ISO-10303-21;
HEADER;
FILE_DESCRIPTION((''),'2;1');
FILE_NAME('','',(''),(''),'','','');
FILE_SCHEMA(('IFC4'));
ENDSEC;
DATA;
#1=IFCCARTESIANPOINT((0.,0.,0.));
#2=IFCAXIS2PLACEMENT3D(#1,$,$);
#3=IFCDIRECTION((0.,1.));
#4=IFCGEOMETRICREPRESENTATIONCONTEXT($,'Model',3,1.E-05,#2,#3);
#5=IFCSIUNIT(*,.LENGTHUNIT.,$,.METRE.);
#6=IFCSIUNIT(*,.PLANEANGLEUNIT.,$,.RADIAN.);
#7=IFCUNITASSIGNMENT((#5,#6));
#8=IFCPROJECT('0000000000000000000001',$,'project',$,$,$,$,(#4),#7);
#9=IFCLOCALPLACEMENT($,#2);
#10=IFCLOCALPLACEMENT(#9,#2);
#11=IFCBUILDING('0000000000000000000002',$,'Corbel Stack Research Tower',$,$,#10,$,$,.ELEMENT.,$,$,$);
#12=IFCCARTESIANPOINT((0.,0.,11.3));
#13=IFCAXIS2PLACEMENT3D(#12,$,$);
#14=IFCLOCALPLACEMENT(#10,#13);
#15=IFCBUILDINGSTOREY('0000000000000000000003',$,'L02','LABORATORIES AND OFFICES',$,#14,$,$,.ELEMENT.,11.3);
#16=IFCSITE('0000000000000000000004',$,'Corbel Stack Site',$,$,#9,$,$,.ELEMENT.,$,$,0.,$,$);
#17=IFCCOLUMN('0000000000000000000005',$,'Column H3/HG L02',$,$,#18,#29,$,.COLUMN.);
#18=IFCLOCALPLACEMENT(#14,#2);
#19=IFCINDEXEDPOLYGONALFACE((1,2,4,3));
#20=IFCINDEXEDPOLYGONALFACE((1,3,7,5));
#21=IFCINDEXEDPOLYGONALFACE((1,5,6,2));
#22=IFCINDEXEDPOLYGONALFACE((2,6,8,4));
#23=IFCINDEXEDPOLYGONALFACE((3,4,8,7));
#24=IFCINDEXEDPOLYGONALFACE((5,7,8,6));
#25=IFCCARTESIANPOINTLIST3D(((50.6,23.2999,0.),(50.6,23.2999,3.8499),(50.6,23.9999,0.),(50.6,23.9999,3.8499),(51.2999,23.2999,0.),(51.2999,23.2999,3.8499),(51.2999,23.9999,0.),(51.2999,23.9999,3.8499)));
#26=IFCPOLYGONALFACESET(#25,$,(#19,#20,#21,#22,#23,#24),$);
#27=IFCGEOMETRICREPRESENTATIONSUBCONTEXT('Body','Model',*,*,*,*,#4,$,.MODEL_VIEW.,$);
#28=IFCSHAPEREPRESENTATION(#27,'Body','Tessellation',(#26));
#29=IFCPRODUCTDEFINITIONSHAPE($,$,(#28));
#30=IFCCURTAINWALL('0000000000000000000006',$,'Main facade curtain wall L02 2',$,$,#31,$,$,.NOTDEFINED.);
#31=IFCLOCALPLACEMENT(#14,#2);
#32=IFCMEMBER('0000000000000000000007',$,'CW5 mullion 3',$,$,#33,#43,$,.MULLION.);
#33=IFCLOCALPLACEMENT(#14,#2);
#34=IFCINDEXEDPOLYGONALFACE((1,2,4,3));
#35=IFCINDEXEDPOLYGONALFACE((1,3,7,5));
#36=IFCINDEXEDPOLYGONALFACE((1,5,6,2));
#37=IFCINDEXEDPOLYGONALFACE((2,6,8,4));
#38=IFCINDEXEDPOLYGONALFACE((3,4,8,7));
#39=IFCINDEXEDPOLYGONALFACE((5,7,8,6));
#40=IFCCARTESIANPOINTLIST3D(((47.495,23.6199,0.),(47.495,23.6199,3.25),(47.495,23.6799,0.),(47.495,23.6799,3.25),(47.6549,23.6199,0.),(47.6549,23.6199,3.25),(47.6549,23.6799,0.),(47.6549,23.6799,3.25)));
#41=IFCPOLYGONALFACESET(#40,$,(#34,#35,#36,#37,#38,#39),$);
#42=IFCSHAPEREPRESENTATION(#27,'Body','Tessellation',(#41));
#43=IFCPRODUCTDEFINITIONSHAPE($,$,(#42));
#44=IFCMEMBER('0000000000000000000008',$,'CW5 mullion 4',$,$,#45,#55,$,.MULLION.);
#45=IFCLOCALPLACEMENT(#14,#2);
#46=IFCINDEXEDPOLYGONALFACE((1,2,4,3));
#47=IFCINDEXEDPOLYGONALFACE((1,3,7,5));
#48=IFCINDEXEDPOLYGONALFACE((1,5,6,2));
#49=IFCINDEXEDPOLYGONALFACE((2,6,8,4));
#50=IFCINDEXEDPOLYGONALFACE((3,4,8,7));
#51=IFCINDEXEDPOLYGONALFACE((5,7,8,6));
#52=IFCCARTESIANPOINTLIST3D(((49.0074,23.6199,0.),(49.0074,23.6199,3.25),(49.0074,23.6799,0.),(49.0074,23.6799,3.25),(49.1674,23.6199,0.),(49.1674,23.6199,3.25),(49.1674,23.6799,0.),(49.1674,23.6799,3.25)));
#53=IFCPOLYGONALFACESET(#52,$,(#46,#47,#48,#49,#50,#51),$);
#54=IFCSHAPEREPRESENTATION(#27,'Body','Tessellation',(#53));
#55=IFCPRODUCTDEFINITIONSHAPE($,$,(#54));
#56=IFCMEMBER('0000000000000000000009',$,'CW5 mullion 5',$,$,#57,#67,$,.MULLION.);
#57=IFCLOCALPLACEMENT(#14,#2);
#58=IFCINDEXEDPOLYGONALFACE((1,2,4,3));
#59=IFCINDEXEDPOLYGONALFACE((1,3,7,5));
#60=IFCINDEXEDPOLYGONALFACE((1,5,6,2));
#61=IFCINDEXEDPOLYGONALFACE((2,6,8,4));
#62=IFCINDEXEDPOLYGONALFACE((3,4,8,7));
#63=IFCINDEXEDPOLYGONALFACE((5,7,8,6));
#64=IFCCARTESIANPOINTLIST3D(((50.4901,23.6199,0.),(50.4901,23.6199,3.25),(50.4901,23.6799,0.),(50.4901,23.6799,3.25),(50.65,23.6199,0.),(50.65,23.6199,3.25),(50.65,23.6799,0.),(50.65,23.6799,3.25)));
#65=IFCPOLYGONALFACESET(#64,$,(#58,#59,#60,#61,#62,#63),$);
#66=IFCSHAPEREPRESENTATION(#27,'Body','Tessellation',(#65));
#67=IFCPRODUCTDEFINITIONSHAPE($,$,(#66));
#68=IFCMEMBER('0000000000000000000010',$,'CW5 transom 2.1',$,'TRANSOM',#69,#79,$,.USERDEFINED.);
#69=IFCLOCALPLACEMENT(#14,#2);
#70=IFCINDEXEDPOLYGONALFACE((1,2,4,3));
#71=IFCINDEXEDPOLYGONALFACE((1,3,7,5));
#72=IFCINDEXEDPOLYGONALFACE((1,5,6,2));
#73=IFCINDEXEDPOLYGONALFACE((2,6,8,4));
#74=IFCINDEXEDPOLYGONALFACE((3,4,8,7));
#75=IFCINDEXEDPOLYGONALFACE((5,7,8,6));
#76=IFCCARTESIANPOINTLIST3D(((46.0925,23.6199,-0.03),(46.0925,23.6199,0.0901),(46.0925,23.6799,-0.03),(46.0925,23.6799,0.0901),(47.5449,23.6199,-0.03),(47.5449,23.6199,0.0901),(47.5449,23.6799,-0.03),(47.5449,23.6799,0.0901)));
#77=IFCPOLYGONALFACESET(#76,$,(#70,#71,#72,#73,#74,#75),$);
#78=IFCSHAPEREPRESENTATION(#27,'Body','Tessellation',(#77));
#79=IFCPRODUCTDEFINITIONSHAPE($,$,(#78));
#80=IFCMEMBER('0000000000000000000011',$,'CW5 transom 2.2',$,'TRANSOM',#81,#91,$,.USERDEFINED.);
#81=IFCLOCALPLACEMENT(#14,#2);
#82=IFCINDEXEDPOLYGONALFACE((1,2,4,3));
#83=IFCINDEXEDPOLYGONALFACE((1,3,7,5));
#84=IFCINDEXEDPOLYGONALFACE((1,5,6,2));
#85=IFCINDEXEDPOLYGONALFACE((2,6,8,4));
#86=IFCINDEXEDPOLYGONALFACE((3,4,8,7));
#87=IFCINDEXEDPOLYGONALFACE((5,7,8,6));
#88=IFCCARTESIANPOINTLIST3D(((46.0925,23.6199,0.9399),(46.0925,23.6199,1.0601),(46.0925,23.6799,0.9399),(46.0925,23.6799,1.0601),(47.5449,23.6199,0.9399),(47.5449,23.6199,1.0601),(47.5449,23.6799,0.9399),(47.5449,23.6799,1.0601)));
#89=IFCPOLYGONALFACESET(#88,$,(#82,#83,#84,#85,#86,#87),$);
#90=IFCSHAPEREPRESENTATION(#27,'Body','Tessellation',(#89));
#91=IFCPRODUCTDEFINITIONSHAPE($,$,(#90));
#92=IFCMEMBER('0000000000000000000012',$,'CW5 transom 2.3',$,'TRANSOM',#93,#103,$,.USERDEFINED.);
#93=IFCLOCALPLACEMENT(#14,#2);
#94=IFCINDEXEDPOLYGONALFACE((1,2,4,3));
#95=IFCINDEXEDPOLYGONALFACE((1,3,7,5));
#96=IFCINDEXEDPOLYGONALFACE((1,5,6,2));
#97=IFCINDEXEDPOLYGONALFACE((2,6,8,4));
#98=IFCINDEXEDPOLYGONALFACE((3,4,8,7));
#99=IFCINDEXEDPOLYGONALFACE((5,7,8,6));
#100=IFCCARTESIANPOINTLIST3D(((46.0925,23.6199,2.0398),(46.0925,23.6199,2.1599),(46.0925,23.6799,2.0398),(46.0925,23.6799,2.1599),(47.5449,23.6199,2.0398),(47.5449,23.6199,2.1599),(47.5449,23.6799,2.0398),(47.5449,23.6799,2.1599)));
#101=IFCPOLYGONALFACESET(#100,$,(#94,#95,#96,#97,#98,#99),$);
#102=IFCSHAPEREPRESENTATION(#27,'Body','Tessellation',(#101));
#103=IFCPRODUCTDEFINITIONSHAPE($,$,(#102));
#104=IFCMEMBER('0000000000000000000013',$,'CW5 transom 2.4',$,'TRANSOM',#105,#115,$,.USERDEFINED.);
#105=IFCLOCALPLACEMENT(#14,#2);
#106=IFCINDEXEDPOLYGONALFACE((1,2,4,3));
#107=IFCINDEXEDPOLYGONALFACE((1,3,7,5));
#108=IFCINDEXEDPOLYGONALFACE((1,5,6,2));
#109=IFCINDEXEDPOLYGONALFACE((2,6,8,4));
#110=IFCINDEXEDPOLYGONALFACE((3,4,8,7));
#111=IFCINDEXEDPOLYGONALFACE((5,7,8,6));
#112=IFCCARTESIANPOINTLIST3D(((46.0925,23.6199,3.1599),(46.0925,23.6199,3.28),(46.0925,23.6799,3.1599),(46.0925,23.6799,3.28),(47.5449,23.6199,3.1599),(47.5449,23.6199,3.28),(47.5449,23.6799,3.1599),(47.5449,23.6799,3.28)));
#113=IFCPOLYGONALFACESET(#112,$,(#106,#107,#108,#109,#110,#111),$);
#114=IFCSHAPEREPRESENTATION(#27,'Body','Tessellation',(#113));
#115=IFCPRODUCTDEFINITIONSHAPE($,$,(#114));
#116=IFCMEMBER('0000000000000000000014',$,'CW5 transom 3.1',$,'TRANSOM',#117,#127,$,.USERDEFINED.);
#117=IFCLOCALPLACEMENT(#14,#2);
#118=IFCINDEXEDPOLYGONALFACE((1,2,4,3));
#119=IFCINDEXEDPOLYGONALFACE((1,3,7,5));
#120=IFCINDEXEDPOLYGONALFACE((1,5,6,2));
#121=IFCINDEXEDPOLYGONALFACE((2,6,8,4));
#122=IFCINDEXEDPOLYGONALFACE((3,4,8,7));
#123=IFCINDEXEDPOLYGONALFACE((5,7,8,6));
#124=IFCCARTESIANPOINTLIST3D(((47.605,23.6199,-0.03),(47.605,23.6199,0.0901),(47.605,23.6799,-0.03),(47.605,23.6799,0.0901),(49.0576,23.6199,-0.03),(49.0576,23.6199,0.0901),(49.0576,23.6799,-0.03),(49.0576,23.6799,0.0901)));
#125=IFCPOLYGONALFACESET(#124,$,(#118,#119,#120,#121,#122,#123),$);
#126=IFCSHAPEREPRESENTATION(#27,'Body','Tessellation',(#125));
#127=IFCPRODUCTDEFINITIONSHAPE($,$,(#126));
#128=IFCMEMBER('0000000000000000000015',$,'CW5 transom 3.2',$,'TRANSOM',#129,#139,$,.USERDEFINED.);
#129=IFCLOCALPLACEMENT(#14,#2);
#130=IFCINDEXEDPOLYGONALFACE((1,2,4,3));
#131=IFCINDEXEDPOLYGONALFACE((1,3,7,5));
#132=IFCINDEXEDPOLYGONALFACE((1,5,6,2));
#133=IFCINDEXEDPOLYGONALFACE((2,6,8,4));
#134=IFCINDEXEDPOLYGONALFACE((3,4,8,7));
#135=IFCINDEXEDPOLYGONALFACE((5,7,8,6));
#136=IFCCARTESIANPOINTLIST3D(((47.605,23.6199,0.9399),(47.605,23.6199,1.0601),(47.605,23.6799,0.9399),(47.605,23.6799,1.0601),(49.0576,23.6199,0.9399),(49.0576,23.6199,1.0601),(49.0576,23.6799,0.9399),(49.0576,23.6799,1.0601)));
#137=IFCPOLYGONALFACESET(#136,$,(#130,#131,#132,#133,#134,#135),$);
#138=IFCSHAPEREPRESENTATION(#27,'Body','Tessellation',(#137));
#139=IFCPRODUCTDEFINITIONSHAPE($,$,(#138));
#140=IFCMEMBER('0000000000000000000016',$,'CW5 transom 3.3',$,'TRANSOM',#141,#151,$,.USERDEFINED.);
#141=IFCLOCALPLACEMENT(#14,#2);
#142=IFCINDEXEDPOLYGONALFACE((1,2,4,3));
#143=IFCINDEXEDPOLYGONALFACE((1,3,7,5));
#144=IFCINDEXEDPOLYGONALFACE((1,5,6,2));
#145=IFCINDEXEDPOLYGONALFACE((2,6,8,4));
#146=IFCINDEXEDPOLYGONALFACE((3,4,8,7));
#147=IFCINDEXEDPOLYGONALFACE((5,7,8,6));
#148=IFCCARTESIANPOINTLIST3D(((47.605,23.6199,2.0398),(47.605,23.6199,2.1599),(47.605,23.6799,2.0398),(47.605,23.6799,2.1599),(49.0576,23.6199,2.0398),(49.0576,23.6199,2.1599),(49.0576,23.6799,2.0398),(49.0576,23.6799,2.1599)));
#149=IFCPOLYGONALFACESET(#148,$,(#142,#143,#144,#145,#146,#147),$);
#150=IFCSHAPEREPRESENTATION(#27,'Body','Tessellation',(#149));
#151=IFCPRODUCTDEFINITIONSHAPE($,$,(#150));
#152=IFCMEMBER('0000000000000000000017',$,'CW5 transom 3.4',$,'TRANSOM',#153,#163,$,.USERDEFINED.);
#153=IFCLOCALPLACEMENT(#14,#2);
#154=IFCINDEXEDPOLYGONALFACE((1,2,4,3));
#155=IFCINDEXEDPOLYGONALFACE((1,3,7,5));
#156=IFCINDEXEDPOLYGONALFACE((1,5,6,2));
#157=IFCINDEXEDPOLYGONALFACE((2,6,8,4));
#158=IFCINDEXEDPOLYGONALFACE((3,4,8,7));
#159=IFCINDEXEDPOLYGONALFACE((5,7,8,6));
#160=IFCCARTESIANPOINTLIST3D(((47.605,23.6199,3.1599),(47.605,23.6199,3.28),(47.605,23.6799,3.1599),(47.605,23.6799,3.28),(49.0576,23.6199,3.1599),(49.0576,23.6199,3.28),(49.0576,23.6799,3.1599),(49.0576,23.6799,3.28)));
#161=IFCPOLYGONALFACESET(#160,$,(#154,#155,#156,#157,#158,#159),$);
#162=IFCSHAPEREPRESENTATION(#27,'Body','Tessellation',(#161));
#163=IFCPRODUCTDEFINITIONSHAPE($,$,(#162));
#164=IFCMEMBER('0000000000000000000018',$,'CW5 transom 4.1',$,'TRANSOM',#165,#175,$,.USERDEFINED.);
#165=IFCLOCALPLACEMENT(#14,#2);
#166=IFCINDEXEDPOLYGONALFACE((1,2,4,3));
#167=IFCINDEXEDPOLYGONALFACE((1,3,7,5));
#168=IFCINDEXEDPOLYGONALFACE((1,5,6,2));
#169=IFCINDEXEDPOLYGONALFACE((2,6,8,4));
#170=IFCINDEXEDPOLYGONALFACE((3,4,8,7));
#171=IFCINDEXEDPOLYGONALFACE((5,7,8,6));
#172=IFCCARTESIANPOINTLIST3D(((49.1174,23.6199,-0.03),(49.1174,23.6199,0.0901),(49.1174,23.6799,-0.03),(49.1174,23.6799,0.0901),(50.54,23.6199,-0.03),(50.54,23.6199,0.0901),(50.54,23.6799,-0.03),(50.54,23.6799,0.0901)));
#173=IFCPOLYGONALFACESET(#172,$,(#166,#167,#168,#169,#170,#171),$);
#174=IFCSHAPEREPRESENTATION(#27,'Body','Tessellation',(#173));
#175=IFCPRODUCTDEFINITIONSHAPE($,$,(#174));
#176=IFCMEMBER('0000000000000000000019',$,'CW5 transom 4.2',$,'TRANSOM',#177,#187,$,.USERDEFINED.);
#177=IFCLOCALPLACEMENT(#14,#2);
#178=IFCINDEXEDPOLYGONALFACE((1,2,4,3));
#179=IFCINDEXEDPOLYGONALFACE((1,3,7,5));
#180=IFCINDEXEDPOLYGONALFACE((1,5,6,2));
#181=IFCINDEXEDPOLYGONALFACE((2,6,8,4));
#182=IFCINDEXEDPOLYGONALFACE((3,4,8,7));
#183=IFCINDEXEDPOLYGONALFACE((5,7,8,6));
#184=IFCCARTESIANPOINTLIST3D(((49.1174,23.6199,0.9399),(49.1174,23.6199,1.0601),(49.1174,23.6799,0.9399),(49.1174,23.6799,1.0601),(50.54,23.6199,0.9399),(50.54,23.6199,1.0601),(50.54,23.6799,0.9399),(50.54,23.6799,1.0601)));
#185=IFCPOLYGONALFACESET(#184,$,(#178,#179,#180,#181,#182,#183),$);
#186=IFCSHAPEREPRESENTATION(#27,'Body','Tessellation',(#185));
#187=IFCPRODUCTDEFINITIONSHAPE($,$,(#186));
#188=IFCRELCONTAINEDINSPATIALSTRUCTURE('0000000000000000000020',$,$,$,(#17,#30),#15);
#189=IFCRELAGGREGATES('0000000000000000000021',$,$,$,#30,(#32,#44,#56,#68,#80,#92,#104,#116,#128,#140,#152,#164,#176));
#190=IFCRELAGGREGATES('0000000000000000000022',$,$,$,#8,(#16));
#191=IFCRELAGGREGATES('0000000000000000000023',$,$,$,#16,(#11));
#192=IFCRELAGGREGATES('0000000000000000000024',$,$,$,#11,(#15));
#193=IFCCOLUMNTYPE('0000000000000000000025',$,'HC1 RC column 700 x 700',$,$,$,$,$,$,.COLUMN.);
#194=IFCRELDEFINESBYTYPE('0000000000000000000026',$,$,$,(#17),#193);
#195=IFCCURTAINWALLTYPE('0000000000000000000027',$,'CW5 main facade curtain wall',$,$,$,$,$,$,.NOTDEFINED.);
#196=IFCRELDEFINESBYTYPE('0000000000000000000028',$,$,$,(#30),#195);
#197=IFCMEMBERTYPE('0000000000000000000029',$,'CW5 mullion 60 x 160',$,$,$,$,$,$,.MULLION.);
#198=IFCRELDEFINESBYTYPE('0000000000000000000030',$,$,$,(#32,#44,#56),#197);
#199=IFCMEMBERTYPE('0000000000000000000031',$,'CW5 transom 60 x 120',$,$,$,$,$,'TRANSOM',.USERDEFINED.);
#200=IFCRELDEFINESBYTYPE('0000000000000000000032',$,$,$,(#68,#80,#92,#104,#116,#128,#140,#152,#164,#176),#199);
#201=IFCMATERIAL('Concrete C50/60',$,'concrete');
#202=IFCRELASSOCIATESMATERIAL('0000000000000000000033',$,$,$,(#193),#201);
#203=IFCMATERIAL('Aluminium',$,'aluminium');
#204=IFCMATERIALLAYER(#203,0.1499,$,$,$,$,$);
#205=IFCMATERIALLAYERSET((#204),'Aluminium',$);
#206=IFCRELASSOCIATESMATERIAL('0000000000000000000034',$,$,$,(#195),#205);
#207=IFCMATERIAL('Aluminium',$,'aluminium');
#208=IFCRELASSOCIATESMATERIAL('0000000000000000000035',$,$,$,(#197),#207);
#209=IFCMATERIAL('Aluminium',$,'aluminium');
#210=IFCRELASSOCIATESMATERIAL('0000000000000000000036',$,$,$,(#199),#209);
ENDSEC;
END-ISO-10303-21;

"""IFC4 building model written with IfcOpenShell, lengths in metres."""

from ifc_helpers import new_model, si_unit, direction, frame, origin, origin_2d, place, context, subcontext, project, spatial, rectangle, extrude, material, layer, layer_set, material_profile, profile_set, type_object, element, aggregate, save


model = new_model("IFC4")

# Units and contexts
model_context = context("Model", 3, precision=1e-05, world=origin(), true_north=direction((0.0, 1.0)))
body_context = subcontext(model_context, "Body", "Model", "MODEL_VIEW")
ifc_project = project(units=[si_unit("LENGTHUNIT", "METRE"), si_unit("PLANEANGLEUNIT", "RADIAN")], contexts=[model_context])

# Site, building, storey
site_placement = place(None, origin())
site = spatial("IfcSite", under=ifc_project, at=site_placement, Name="Corbel Stack Site", CompositionType="ELEMENT", RefElevation=0.0)
building_placement = place(site_placement, origin())
building = spatial("IfcBuilding", under=site, at=building_placement, Name="Corbel Stack Research Tower", CompositionType="ELEMENT")
storey_placement = place(building_placement, frame((0.0, 0.0, 11.3)))
storey = spatial("IfcBuildingStorey", under=building, at=storey_placement, Name="L02", Description="LABORATORIES AND OFFICES", CompositionType="ELEMENT", Elevation=11.3)

# Column
ifc_material_1 = material(Name="Concrete C50/60", Category="concrete")
ifc_material_profile_1 = material_profile(ifc_material_1, rectangle(XDim=0.7, YDim=0.7, at=origin_2d()), Name="RC 700 x 700")
ifc_profile_set_1 = profile_set([ifc_material_profile_1], Name="Concrete C50/60")
column_type = type_object("IfcColumnType", Name="HC1 RC column 700 x 700", PredefinedType="COLUMN", material=ifc_profile_set_1)
column_placement = place(storey_placement, frame((50.95, 23.6499, 0.0), z_axis=(0.0, 0.0, 1.0), x_axis=(1.0, 0.0, 0.0)))
element("IfcColumn", 1, at=column_placement, inside=storey, type_object=column_type, Name="Column H3/HG L02", PredefinedType="COLUMN", context=body_context, shape_type="SweptSolid", body=[
    extrude(rectangle(XDim=0.7, YDim=0.7, at=origin_2d()), origin(), (0.0, 0.0, 1.0), 3.8499),
])

# Curtain wall, members
ifc_material_2 = material(Name="Aluminium", Category="aluminium")
ifc_layer_1 = layer(ifc_material_2, 0.1499)
ifc_layer_set_1 = layer_set([ifc_layer_1], Name="Aluminium")
curtain_wall_type = type_object("IfcCurtainWallType", Name="CW5 main facade curtain wall", PredefinedType="NOTDEFINED", material=ifc_layer_set_1)
curtain_wall_placement = place(storey_placement, origin())
curtain_wall = element("IfcCurtainWall", 2, at=curtain_wall_placement, inside=storey, type_object=curtain_wall_type, Name="Main facade curtain wall L02 2", PredefinedType="NOTDEFINED")
ifc_material_3 = material(Name="Aluminium", Category="aluminium")
ifc_material_profile_2 = material_profile(ifc_material_3, rectangle(XDim=0.0601, YDim=0.1599, at=origin_2d()), Name="Mullion 60 x 160")
ifc_profile_set_2 = profile_set([ifc_material_profile_2], Name="Aluminium")
member_type_1 = type_object("IfcMemberType", Name="CW5 mullion 60 x 160", PredefinedType="MULLION", material=ifc_profile_set_2)
member_1_placement = place(storey_placement, frame((47.575, 23.6499, 0.0), z_axis=(0.0, 0.0, 1.0), x_axis=(0.0, 1.0, 0.0)))
member_1 = element("IfcMember", 3, at=member_1_placement, type_object=member_type_1, Name="CW5 mullion 3", PredefinedType="MULLION", context=body_context, shape_type="SweptSolid", body=[
    extrude(rectangle(XDim=0.0601, YDim=0.1599, at=origin_2d()), origin(), (0.0, 0.0, 1.0), 3.25),
])
member_2_placement = place(storey_placement, frame((49.0874, 23.6499, 0.0), z_axis=(0.0, 0.0, 1.0), x_axis=(0.0, 1.0, 0.0)))
member_2 = element("IfcMember", 4, at=member_2_placement, type_object=member_type_1, Name="CW5 mullion 4", PredefinedType="MULLION", context=body_context, shape_type="SweptSolid", body=[
    extrude(rectangle(XDim=0.0601, YDim=0.1599, at=origin_2d()), origin(), (0.0, 0.0, 1.0), 3.25),
])
member_3_placement = place(storey_placement, frame((50.5701, 23.6499, 0.0), z_axis=(0.0, 0.0, 1.0), x_axis=(0.0, 1.0, 0.0)))
member_3 = element("IfcMember", 5, at=member_3_placement, type_object=member_type_1, Name="CW5 mullion 5", PredefinedType="MULLION", context=body_context, shape_type="SweptSolid", body=[
    extrude(rectangle(XDim=0.0601, YDim=0.1599, at=origin_2d()), origin(), (0.0, 0.0, 1.0), 3.25),
])
ifc_material_4 = material(Name="Aluminium", Category="aluminium")
ifc_material_profile_3 = material_profile(ifc_material_4, rectangle(XDim=0.0601, YDim=0.1201, at=origin_2d()), Name="Transom 60 x 120")
ifc_profile_set_3 = profile_set([ifc_material_profile_3], Name="Aluminium")
member_type_2 = type_object("IfcMemberType", Name="CW5 transom 60 x 120", ElementType="TRANSOM", PredefinedType="USERDEFINED", material=ifc_profile_set_3)
member_4_placement = place(storey_placement, frame((46.0925, 23.6499, 0.03), z_axis=(1.0, 0.0, 0.0), x_axis=(0.0, 1.0, 0.0)))
member_4 = element("IfcMember", 6, at=member_4_placement, type_object=member_type_2, Name="CW5 transom 2.1", ObjectType="TRANSOM", PredefinedType="USERDEFINED", context=body_context, shape_type="SweptSolid", body=[
    extrude(rectangle(XDim=0.0601, YDim=0.1201, at=origin_2d()), origin(), (0.0, 0.0, 1.0), 1.4524),
])
member_5_placement = place(storey_placement, frame((46.0925, 23.6499, 1.0), z_axis=(1.0, 0.0, 0.0), x_axis=(0.0, 1.0, 0.0)))
member_5 = element("IfcMember", 7, at=member_5_placement, type_object=member_type_2, Name="CW5 transom 2.2", ObjectType="TRANSOM", PredefinedType="USERDEFINED", context=body_context, shape_type="SweptSolid", body=[
    extrude(rectangle(XDim=0.0601, YDim=0.1201, at=origin_2d()), origin(), (0.0, 0.0, 1.0), 1.4524),
])
member_6_placement = place(storey_placement, frame((46.0925, 23.6499, 2.0999), z_axis=(1.0, 0.0, 0.0), x_axis=(0.0, 1.0, 0.0)))
member_6 = element("IfcMember", 8, at=member_6_placement, type_object=member_type_2, Name="CW5 transom 2.3", ObjectType="TRANSOM", PredefinedType="USERDEFINED", context=body_context, shape_type="SweptSolid", body=[
    extrude(rectangle(XDim=0.0601, YDim=0.1201, at=origin_2d()), origin(), (0.0, 0.0, 1.0), 1.4524),
])
member_7_placement = place(storey_placement, frame((46.0925, 23.6499, 3.22), z_axis=(1.0, 0.0, 0.0), x_axis=(0.0, 1.0, 0.0)))
member_7 = element("IfcMember", 9, at=member_7_placement, type_object=member_type_2, Name="CW5 transom 2.4", ObjectType="TRANSOM", PredefinedType="USERDEFINED", context=body_context, shape_type="SweptSolid", body=[
    extrude(rectangle(XDim=0.0601, YDim=0.1201, at=origin_2d()), origin(), (0.0, 0.0, 1.0), 1.4524),
])
member_8_placement = place(storey_placement, frame((47.605, 23.6499, 0.03), z_axis=(1.0, 0.0, 0.0), x_axis=(0.0, 1.0, 0.0)))
member_8 = element("IfcMember", 10, at=member_8_placement, type_object=member_type_2, Name="CW5 transom 3.1", ObjectType="TRANSOM", PredefinedType="USERDEFINED", context=body_context, shape_type="SweptSolid", body=[
    extrude(rectangle(XDim=0.0601, YDim=0.1201, at=origin_2d()), origin(), (0.0, 0.0, 1.0), 1.4526),
])
member_9_placement = place(storey_placement, frame((47.605, 23.6499, 1.0), z_axis=(1.0, 0.0, 0.0), x_axis=(0.0, 1.0, 0.0)))
member_9 = element("IfcMember", 11, at=member_9_placement, type_object=member_type_2, Name="CW5 transom 3.2", ObjectType="TRANSOM", PredefinedType="USERDEFINED", context=body_context, shape_type="SweptSolid", body=[
    extrude(rectangle(XDim=0.0601, YDim=0.1201, at=origin_2d()), origin(), (0.0, 0.0, 1.0), 1.4526),
])
member_10_placement = place(storey_placement, frame((47.605, 23.6499, 2.0999), z_axis=(1.0, 0.0, 0.0), x_axis=(0.0, 1.0, 0.0)))
member_10 = element("IfcMember", 12, at=member_10_placement, type_object=member_type_2, Name="CW5 transom 3.3", ObjectType="TRANSOM", PredefinedType="USERDEFINED", context=body_context, shape_type="SweptSolid", body=[
    extrude(rectangle(XDim=0.0601, YDim=0.1201, at=origin_2d()), origin(), (0.0, 0.0, 1.0), 1.4526),
])
member_11_placement = place(storey_placement, frame((47.605, 23.6499, 3.22), z_axis=(1.0, 0.0, 0.0), x_axis=(0.0, 1.0, 0.0)))
member_11 = element("IfcMember", 13, at=member_11_placement, type_object=member_type_2, Name="CW5 transom 3.4", ObjectType="TRANSOM", PredefinedType="USERDEFINED", context=body_context, shape_type="SweptSolid", body=[
    extrude(rectangle(XDim=0.0601, YDim=0.1201, at=origin_2d()), origin(), (0.0, 0.0, 1.0), 1.4526),
])
member_12_placement = place(storey_placement, frame((49.1174, 23.6499, 0.03), z_axis=(1.0, 0.0, 0.0), x_axis=(0.0, 1.0, 0.0)))
member_12 = element("IfcMember", 14, at=member_12_placement, type_object=member_type_2, Name="CW5 transom 4.1", ObjectType="TRANSOM", PredefinedType="USERDEFINED", context=body_context, shape_type="SweptSolid", body=[
    extrude(rectangle(XDim=0.0601, YDim=0.1201, at=origin_2d()), origin(), (0.0, 0.0, 1.0), 1.4226),
])
member_13_placement = place(storey_placement, frame((49.1174, 23.6499, 1.0), z_axis=(1.0, 0.0, 0.0), x_axis=(0.0, 1.0, 0.0)))
member_13 = element("IfcMember", 15, at=member_13_placement, type_object=member_type_2, Name="CW5 transom 4.2", ObjectType="TRANSOM", PredefinedType="USERDEFINED", context=body_context, shape_type="SweptSolid", body=[
    extrude(rectangle(XDim=0.0601, YDim=0.1201, at=origin_2d()), origin(), (0.0, 0.0, 1.0), 1.4226),
])
aggregate(curtain_wall, [member_1, member_2, member_3, member_4, member_5, member_6, member_7, member_8, member_9, member_10, member_11, member_12, member_13])

save(model, "model.ifc")
